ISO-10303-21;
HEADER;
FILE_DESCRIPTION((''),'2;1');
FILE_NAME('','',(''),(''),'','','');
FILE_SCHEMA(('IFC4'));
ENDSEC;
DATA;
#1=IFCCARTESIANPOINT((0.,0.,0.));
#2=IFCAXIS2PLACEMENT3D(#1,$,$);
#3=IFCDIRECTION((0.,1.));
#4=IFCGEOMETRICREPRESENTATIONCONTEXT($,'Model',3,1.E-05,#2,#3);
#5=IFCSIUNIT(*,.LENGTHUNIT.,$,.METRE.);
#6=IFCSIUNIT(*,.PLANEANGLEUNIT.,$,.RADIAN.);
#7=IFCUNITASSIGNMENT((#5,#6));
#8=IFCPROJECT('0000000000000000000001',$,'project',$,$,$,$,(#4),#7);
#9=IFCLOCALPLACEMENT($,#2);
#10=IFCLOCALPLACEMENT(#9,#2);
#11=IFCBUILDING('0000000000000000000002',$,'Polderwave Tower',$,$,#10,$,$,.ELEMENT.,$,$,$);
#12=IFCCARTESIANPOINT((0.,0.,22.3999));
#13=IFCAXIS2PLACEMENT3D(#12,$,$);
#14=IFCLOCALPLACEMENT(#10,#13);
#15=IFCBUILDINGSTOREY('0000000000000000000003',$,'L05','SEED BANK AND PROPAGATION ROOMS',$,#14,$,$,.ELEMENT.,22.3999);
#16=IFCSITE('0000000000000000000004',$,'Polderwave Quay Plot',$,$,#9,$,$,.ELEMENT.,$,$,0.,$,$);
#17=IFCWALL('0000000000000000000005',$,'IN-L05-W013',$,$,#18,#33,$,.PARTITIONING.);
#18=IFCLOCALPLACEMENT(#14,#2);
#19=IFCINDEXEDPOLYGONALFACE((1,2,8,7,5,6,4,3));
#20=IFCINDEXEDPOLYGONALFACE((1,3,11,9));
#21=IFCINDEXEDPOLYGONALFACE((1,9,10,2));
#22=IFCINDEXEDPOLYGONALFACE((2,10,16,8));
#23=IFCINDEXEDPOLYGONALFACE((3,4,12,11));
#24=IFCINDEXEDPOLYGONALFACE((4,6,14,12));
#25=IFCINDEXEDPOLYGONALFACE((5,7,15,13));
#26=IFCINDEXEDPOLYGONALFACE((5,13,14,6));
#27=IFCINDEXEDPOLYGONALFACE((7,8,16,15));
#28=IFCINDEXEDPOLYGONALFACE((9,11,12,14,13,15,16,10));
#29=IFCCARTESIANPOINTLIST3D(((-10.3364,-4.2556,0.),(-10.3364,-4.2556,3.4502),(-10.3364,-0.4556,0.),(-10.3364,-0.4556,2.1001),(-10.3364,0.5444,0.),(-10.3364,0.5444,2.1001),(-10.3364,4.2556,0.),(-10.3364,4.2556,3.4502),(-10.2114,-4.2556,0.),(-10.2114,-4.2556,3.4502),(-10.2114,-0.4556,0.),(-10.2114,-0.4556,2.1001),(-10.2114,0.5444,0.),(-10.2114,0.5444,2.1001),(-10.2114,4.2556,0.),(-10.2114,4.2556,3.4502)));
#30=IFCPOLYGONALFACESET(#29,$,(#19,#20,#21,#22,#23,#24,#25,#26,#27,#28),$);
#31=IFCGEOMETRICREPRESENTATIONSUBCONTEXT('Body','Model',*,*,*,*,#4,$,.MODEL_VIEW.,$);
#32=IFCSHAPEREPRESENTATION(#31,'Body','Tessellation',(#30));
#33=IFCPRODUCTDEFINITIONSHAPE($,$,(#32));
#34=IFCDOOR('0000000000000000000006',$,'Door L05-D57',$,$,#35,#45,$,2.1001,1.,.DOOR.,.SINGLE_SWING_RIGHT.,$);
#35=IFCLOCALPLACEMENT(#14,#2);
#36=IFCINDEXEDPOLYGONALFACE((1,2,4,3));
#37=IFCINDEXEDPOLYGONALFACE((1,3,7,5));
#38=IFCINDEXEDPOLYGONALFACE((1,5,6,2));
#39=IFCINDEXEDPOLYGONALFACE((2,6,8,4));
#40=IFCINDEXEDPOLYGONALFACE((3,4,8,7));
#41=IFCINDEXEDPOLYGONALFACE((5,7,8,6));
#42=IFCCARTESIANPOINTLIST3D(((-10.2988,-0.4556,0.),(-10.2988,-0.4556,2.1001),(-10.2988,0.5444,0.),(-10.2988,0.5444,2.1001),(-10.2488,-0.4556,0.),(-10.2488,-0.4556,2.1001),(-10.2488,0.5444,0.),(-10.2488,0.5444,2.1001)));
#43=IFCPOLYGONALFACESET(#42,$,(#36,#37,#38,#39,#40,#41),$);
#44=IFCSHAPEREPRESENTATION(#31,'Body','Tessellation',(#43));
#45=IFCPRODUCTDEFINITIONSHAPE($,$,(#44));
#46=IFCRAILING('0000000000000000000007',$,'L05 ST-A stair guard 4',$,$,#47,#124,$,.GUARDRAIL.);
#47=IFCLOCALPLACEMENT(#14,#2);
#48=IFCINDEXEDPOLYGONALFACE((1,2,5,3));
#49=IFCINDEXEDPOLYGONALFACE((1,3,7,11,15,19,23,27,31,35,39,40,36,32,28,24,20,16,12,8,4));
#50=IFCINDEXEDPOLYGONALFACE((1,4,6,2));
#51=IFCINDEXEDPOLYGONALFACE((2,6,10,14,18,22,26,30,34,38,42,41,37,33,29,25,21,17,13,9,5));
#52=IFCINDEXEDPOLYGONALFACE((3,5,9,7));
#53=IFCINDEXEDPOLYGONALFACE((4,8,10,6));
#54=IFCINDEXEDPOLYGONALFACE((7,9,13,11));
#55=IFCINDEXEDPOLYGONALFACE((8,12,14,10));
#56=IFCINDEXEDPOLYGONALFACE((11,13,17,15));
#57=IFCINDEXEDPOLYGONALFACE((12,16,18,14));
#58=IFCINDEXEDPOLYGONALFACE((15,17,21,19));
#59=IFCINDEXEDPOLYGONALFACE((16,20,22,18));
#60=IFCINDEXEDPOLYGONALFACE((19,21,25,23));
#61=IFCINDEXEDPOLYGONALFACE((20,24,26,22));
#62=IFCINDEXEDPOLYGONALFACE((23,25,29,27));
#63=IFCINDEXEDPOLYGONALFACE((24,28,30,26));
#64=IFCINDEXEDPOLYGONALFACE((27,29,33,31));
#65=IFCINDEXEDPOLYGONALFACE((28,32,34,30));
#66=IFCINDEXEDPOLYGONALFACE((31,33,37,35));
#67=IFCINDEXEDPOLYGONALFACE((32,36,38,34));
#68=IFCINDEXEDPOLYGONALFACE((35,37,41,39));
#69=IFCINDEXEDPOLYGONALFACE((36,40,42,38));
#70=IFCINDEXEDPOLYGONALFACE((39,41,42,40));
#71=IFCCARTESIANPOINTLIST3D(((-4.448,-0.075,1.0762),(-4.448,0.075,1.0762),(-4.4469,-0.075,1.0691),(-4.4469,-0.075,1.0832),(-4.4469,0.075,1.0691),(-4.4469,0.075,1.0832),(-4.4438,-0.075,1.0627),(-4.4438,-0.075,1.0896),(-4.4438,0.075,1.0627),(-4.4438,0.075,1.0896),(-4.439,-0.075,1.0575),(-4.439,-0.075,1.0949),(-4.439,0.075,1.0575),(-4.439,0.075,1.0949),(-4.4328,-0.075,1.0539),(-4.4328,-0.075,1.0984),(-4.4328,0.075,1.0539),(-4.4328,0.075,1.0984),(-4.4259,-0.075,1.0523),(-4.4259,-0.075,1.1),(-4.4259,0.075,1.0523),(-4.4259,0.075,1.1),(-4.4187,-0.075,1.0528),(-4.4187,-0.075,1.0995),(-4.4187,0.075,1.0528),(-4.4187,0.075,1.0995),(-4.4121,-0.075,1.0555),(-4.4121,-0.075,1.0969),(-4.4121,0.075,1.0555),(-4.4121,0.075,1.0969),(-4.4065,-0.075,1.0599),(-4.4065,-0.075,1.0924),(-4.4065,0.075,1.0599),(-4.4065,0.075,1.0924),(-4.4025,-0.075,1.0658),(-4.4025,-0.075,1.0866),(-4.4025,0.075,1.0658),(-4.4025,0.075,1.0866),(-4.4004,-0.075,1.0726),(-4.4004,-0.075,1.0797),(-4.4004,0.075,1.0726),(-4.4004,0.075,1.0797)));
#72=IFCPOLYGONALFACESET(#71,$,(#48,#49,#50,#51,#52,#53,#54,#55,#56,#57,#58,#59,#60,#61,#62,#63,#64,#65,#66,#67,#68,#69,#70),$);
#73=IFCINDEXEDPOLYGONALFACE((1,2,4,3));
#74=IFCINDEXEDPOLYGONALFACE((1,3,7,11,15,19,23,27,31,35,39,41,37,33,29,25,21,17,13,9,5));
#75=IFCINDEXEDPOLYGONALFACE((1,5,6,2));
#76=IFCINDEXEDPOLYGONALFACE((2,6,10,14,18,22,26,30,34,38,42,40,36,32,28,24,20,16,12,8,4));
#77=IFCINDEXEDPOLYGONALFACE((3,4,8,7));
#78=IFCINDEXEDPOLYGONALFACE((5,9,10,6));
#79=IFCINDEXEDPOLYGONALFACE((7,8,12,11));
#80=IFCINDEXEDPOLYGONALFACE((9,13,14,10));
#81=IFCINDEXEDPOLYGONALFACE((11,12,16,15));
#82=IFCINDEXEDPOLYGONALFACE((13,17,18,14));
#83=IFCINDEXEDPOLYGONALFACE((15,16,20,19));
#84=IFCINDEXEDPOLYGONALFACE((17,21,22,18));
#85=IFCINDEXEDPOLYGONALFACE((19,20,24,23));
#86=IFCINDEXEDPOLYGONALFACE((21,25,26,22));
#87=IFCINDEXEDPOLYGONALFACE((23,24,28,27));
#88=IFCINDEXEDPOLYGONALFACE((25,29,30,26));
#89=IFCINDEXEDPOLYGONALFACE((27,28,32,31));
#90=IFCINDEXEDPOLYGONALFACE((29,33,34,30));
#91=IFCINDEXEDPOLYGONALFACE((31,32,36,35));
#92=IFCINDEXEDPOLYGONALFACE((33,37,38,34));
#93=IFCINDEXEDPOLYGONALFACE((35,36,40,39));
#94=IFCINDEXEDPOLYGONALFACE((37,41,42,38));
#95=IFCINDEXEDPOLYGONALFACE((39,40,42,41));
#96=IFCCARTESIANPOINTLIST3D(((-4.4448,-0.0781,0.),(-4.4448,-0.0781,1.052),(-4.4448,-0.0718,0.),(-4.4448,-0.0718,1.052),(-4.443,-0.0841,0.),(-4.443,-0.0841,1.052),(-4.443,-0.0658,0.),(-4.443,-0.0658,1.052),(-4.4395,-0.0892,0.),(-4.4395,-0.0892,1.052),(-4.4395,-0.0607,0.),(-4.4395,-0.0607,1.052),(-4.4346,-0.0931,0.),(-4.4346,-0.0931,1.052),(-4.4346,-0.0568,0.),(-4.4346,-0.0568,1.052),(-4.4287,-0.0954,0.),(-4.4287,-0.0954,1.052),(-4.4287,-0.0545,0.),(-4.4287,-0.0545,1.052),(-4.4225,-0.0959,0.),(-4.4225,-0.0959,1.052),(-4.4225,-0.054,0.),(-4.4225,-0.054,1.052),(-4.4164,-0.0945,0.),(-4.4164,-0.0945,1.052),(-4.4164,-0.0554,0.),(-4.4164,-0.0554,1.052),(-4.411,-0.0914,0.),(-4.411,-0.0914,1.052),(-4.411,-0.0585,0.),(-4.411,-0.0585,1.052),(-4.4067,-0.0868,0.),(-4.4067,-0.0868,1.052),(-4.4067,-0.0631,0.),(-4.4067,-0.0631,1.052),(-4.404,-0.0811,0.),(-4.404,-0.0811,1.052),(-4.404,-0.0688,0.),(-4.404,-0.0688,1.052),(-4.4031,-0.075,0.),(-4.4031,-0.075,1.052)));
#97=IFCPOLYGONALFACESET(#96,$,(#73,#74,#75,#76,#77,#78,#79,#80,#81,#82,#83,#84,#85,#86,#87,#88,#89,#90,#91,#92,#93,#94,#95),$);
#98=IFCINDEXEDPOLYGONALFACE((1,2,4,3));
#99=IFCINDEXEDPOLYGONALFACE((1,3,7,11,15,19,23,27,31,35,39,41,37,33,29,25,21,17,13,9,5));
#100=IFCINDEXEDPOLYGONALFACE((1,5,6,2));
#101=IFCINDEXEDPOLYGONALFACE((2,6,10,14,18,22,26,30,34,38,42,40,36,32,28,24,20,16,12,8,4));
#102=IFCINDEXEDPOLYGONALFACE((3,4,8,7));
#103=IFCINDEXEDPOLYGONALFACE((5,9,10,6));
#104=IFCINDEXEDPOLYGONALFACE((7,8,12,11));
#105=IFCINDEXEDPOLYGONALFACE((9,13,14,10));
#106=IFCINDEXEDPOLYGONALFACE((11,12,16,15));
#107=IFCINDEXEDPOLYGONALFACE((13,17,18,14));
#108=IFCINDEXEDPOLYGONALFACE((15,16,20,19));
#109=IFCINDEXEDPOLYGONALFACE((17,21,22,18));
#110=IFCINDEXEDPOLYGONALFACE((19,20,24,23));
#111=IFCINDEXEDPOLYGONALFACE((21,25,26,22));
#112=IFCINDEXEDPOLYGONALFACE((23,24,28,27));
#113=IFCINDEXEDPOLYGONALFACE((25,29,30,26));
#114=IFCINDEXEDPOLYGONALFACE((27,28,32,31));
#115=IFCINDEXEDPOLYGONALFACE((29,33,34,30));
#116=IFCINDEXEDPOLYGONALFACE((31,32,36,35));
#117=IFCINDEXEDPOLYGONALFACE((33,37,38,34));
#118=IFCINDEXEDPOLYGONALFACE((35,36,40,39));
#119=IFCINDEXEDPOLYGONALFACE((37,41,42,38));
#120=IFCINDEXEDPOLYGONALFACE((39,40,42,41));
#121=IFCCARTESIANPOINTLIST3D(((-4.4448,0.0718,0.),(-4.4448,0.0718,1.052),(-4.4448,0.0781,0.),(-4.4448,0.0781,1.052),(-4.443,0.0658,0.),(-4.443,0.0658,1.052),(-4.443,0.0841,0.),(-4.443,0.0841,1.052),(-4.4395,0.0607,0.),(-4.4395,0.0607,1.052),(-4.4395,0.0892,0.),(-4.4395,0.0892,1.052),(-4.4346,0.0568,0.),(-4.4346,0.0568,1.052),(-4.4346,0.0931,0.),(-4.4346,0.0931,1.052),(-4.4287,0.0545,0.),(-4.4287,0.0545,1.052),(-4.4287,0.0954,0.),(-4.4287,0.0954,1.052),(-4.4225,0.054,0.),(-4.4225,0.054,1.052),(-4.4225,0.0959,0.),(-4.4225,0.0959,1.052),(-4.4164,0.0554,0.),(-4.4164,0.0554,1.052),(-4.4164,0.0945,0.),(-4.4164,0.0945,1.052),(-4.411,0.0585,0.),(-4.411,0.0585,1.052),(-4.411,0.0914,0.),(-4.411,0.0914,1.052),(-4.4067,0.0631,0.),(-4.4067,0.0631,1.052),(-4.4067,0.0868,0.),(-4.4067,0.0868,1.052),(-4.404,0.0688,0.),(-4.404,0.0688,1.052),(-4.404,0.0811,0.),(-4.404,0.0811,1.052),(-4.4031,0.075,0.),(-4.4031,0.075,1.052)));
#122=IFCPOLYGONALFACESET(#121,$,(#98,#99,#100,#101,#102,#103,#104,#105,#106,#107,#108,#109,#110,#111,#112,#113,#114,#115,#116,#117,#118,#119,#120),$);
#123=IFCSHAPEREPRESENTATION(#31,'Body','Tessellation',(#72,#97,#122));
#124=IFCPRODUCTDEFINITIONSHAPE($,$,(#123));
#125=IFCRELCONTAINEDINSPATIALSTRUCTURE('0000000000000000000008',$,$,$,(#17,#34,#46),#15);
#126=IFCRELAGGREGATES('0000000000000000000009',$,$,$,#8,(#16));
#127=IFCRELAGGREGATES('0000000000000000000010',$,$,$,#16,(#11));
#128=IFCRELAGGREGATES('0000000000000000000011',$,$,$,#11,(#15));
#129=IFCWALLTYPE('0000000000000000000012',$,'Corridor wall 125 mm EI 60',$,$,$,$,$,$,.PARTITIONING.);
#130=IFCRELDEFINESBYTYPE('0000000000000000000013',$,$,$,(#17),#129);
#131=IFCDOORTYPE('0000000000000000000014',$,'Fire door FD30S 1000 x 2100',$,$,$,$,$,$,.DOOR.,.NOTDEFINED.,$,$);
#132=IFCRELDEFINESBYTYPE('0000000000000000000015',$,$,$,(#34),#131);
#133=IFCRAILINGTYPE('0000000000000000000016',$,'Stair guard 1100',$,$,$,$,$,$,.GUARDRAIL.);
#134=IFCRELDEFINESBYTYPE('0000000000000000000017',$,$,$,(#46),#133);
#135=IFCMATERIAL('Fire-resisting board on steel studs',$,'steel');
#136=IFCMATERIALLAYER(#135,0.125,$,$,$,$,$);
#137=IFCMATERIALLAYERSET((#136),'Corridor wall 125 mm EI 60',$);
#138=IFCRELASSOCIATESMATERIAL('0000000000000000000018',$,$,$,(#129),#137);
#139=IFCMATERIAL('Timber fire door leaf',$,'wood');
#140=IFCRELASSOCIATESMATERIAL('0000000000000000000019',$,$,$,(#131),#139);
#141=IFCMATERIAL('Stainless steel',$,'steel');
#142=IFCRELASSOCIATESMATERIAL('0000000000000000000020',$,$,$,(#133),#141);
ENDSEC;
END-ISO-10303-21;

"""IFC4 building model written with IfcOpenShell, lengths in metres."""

from ifc_helpers import new_model, si_unit, direction, frame, frame_2d, origin, origin_2d, place, context, subcontext, project, spatial, rectangle, circle, extrude, material, layer, layer_set, type_object, element, fill, save


model = new_model("IFC4")

# Units and contexts
model_context = context("Model", 3, precision=1e-05, world=origin(), true_north=direction((0.0, 1.0)))
body_context = subcontext(model_context, "Body", "Model", "MODEL_VIEW")
ifc_project = project(units=[si_unit("LENGTHUNIT", "METRE"), si_unit("PLANEANGLEUNIT", "RADIAN")], contexts=[model_context])

# Site, building, storey
site_placement = place(None, origin())
site = spatial("IfcSite", under=ifc_project, at=site_placement, Name="Polderwave Quay Plot", CompositionType="ELEMENT", RefElevation=0.0)
building_placement = place(site_placement, origin())
building = spatial("IfcBuilding", under=site, at=building_placement, Name="Polderwave Tower", CompositionType="ELEMENT")
storey_placement = place(building_placement, frame((0.0, 0.0, 22.3999)))
storey = spatial("IfcBuildingStorey", under=building, at=storey_placement, Name="L05", Description="SEED BANK AND PROPAGATION ROOMS", CompositionType="ELEMENT", Elevation=22.3999)

# Shared definitions
ifc_material_1 = material(Name="Stainless steel", Category="steel")

# Wall, opening, door
ifc_material_2 = material(Name="Fire-resisting board on steel studs", Category="steel")
ifc_layer_1 = layer(ifc_material_2, 0.125)
ifc_layer_set_1 = layer_set([ifc_layer_1], Name="Corridor wall 125 mm EI 60")
wall_type_1 = type_object("IfcWallType", Name="Corridor wall 125 mm EI 60", PredefinedType="PARTITIONING", material=ifc_layer_set_1)
wall_1_placement = place(storey_placement, frame((-10.2739, -4.2556, 0.0), z_axis=(0.0, 0.0, 1.0), x_axis=(0.0, 1.0, 0.0)))
wall_1 = element("IfcWall", 1, at=wall_1_placement, inside=storey, type_object=wall_type_1, Name="IN-L05-W013", PredefinedType="PARTITIONING", context=body_context, shape_type="SweptSolid", body=[
    extrude(rectangle(XDim=8.5112, YDim=0.125, at=frame_2d((4.2556, 0.0))), origin(), (0.0, 0.0, 1.0), 3.4502),
])
opening_1_placement = place(wall_1_placement, frame((3.8, 0.0, 0.0)))
opening_1 = element("IfcOpeningElement", 2, at=opening_1_placement, cuts=wall_1, PredefinedType="OPENING", context=body_context, shape_type="SweptSolid", body=[
    extrude(rectangle(XDim=1.0, YDim=2.1001, at=frame_2d((0.5, 1.05))), frame((0.0, 0.0725, 0.0), z_axis=(0.0, -1.0, 0.0), x_axis=(1.0, 0.0, 0.0)), (0.0, 0.0, 1.0), 0.145),
])
ifc_material_3 = material(Name="Timber fire door leaf", Category="wood")
door_type_1 = type_object("IfcDoorType", Name="Fire door FD30S 1000 x 2100", OperationType="NOTDEFINED", PredefinedType="DOOR", material=ifc_material_3)
door_1_placement = place(opening_1_placement, origin())
door_1 = element("IfcDoor", 3, at=door_1_placement, inside=storey, type_object=door_type_1, Name="Door L05-D57", OperationType="SINGLE_SWING_RIGHT", OverallHeight=2.1001, OverallWidth=1.0, PredefinedType="DOOR", context=body_context, shape_type="SweptSolid", body=[
    extrude(rectangle(XDim=1.0, YDim=2.1001, at=frame_2d((0.5, 1.05))), frame((0.0, 0.0249, 0.0), z_axis=(0.0, -1.0, 0.0), x_axis=(1.0, 0.0, 0.0)), (0.0, 0.0, 1.0), 0.05),
])
fill(opening_1, door_1)

# Railing
railing_type_1 = type_object("IfcRailingType", Name="Stair guard 1100", PredefinedType="GUARDRAIL", material=ifc_material_1)
railing_1_placement = place(storey_placement, frame((-4.4241, -0.075, 0.0)))
element("IfcRailing", 4, at=railing_1_placement, inside=storey, type_object=railing_type_1, Name="L05 ST-A stair guard 4", PredefinedType="GUARDRAIL", context=body_context, shape_type="SweptSolid", body=[
    extrude(circle(Radius=0.0239, at=origin_2d()), frame((0.0, 0.0, 1.0762), z_axis=(0.0, 1.0, 0.0), x_axis=(-1.0, 0.0, 0.0)), (0.0, 0.0, 1.0), 0.1499),
    extrude(circle(Radius=0.021, at=origin_2d()), origin(), (0.0, 0.0, 1.0), 1.052),
    extrude(circle(Radius=0.021, at=origin_2d()), frame((0.0, 0.1499, 0.0)), (0.0, 0.0, 1.0), 1.052),
])

save(model, "model.ifc")
